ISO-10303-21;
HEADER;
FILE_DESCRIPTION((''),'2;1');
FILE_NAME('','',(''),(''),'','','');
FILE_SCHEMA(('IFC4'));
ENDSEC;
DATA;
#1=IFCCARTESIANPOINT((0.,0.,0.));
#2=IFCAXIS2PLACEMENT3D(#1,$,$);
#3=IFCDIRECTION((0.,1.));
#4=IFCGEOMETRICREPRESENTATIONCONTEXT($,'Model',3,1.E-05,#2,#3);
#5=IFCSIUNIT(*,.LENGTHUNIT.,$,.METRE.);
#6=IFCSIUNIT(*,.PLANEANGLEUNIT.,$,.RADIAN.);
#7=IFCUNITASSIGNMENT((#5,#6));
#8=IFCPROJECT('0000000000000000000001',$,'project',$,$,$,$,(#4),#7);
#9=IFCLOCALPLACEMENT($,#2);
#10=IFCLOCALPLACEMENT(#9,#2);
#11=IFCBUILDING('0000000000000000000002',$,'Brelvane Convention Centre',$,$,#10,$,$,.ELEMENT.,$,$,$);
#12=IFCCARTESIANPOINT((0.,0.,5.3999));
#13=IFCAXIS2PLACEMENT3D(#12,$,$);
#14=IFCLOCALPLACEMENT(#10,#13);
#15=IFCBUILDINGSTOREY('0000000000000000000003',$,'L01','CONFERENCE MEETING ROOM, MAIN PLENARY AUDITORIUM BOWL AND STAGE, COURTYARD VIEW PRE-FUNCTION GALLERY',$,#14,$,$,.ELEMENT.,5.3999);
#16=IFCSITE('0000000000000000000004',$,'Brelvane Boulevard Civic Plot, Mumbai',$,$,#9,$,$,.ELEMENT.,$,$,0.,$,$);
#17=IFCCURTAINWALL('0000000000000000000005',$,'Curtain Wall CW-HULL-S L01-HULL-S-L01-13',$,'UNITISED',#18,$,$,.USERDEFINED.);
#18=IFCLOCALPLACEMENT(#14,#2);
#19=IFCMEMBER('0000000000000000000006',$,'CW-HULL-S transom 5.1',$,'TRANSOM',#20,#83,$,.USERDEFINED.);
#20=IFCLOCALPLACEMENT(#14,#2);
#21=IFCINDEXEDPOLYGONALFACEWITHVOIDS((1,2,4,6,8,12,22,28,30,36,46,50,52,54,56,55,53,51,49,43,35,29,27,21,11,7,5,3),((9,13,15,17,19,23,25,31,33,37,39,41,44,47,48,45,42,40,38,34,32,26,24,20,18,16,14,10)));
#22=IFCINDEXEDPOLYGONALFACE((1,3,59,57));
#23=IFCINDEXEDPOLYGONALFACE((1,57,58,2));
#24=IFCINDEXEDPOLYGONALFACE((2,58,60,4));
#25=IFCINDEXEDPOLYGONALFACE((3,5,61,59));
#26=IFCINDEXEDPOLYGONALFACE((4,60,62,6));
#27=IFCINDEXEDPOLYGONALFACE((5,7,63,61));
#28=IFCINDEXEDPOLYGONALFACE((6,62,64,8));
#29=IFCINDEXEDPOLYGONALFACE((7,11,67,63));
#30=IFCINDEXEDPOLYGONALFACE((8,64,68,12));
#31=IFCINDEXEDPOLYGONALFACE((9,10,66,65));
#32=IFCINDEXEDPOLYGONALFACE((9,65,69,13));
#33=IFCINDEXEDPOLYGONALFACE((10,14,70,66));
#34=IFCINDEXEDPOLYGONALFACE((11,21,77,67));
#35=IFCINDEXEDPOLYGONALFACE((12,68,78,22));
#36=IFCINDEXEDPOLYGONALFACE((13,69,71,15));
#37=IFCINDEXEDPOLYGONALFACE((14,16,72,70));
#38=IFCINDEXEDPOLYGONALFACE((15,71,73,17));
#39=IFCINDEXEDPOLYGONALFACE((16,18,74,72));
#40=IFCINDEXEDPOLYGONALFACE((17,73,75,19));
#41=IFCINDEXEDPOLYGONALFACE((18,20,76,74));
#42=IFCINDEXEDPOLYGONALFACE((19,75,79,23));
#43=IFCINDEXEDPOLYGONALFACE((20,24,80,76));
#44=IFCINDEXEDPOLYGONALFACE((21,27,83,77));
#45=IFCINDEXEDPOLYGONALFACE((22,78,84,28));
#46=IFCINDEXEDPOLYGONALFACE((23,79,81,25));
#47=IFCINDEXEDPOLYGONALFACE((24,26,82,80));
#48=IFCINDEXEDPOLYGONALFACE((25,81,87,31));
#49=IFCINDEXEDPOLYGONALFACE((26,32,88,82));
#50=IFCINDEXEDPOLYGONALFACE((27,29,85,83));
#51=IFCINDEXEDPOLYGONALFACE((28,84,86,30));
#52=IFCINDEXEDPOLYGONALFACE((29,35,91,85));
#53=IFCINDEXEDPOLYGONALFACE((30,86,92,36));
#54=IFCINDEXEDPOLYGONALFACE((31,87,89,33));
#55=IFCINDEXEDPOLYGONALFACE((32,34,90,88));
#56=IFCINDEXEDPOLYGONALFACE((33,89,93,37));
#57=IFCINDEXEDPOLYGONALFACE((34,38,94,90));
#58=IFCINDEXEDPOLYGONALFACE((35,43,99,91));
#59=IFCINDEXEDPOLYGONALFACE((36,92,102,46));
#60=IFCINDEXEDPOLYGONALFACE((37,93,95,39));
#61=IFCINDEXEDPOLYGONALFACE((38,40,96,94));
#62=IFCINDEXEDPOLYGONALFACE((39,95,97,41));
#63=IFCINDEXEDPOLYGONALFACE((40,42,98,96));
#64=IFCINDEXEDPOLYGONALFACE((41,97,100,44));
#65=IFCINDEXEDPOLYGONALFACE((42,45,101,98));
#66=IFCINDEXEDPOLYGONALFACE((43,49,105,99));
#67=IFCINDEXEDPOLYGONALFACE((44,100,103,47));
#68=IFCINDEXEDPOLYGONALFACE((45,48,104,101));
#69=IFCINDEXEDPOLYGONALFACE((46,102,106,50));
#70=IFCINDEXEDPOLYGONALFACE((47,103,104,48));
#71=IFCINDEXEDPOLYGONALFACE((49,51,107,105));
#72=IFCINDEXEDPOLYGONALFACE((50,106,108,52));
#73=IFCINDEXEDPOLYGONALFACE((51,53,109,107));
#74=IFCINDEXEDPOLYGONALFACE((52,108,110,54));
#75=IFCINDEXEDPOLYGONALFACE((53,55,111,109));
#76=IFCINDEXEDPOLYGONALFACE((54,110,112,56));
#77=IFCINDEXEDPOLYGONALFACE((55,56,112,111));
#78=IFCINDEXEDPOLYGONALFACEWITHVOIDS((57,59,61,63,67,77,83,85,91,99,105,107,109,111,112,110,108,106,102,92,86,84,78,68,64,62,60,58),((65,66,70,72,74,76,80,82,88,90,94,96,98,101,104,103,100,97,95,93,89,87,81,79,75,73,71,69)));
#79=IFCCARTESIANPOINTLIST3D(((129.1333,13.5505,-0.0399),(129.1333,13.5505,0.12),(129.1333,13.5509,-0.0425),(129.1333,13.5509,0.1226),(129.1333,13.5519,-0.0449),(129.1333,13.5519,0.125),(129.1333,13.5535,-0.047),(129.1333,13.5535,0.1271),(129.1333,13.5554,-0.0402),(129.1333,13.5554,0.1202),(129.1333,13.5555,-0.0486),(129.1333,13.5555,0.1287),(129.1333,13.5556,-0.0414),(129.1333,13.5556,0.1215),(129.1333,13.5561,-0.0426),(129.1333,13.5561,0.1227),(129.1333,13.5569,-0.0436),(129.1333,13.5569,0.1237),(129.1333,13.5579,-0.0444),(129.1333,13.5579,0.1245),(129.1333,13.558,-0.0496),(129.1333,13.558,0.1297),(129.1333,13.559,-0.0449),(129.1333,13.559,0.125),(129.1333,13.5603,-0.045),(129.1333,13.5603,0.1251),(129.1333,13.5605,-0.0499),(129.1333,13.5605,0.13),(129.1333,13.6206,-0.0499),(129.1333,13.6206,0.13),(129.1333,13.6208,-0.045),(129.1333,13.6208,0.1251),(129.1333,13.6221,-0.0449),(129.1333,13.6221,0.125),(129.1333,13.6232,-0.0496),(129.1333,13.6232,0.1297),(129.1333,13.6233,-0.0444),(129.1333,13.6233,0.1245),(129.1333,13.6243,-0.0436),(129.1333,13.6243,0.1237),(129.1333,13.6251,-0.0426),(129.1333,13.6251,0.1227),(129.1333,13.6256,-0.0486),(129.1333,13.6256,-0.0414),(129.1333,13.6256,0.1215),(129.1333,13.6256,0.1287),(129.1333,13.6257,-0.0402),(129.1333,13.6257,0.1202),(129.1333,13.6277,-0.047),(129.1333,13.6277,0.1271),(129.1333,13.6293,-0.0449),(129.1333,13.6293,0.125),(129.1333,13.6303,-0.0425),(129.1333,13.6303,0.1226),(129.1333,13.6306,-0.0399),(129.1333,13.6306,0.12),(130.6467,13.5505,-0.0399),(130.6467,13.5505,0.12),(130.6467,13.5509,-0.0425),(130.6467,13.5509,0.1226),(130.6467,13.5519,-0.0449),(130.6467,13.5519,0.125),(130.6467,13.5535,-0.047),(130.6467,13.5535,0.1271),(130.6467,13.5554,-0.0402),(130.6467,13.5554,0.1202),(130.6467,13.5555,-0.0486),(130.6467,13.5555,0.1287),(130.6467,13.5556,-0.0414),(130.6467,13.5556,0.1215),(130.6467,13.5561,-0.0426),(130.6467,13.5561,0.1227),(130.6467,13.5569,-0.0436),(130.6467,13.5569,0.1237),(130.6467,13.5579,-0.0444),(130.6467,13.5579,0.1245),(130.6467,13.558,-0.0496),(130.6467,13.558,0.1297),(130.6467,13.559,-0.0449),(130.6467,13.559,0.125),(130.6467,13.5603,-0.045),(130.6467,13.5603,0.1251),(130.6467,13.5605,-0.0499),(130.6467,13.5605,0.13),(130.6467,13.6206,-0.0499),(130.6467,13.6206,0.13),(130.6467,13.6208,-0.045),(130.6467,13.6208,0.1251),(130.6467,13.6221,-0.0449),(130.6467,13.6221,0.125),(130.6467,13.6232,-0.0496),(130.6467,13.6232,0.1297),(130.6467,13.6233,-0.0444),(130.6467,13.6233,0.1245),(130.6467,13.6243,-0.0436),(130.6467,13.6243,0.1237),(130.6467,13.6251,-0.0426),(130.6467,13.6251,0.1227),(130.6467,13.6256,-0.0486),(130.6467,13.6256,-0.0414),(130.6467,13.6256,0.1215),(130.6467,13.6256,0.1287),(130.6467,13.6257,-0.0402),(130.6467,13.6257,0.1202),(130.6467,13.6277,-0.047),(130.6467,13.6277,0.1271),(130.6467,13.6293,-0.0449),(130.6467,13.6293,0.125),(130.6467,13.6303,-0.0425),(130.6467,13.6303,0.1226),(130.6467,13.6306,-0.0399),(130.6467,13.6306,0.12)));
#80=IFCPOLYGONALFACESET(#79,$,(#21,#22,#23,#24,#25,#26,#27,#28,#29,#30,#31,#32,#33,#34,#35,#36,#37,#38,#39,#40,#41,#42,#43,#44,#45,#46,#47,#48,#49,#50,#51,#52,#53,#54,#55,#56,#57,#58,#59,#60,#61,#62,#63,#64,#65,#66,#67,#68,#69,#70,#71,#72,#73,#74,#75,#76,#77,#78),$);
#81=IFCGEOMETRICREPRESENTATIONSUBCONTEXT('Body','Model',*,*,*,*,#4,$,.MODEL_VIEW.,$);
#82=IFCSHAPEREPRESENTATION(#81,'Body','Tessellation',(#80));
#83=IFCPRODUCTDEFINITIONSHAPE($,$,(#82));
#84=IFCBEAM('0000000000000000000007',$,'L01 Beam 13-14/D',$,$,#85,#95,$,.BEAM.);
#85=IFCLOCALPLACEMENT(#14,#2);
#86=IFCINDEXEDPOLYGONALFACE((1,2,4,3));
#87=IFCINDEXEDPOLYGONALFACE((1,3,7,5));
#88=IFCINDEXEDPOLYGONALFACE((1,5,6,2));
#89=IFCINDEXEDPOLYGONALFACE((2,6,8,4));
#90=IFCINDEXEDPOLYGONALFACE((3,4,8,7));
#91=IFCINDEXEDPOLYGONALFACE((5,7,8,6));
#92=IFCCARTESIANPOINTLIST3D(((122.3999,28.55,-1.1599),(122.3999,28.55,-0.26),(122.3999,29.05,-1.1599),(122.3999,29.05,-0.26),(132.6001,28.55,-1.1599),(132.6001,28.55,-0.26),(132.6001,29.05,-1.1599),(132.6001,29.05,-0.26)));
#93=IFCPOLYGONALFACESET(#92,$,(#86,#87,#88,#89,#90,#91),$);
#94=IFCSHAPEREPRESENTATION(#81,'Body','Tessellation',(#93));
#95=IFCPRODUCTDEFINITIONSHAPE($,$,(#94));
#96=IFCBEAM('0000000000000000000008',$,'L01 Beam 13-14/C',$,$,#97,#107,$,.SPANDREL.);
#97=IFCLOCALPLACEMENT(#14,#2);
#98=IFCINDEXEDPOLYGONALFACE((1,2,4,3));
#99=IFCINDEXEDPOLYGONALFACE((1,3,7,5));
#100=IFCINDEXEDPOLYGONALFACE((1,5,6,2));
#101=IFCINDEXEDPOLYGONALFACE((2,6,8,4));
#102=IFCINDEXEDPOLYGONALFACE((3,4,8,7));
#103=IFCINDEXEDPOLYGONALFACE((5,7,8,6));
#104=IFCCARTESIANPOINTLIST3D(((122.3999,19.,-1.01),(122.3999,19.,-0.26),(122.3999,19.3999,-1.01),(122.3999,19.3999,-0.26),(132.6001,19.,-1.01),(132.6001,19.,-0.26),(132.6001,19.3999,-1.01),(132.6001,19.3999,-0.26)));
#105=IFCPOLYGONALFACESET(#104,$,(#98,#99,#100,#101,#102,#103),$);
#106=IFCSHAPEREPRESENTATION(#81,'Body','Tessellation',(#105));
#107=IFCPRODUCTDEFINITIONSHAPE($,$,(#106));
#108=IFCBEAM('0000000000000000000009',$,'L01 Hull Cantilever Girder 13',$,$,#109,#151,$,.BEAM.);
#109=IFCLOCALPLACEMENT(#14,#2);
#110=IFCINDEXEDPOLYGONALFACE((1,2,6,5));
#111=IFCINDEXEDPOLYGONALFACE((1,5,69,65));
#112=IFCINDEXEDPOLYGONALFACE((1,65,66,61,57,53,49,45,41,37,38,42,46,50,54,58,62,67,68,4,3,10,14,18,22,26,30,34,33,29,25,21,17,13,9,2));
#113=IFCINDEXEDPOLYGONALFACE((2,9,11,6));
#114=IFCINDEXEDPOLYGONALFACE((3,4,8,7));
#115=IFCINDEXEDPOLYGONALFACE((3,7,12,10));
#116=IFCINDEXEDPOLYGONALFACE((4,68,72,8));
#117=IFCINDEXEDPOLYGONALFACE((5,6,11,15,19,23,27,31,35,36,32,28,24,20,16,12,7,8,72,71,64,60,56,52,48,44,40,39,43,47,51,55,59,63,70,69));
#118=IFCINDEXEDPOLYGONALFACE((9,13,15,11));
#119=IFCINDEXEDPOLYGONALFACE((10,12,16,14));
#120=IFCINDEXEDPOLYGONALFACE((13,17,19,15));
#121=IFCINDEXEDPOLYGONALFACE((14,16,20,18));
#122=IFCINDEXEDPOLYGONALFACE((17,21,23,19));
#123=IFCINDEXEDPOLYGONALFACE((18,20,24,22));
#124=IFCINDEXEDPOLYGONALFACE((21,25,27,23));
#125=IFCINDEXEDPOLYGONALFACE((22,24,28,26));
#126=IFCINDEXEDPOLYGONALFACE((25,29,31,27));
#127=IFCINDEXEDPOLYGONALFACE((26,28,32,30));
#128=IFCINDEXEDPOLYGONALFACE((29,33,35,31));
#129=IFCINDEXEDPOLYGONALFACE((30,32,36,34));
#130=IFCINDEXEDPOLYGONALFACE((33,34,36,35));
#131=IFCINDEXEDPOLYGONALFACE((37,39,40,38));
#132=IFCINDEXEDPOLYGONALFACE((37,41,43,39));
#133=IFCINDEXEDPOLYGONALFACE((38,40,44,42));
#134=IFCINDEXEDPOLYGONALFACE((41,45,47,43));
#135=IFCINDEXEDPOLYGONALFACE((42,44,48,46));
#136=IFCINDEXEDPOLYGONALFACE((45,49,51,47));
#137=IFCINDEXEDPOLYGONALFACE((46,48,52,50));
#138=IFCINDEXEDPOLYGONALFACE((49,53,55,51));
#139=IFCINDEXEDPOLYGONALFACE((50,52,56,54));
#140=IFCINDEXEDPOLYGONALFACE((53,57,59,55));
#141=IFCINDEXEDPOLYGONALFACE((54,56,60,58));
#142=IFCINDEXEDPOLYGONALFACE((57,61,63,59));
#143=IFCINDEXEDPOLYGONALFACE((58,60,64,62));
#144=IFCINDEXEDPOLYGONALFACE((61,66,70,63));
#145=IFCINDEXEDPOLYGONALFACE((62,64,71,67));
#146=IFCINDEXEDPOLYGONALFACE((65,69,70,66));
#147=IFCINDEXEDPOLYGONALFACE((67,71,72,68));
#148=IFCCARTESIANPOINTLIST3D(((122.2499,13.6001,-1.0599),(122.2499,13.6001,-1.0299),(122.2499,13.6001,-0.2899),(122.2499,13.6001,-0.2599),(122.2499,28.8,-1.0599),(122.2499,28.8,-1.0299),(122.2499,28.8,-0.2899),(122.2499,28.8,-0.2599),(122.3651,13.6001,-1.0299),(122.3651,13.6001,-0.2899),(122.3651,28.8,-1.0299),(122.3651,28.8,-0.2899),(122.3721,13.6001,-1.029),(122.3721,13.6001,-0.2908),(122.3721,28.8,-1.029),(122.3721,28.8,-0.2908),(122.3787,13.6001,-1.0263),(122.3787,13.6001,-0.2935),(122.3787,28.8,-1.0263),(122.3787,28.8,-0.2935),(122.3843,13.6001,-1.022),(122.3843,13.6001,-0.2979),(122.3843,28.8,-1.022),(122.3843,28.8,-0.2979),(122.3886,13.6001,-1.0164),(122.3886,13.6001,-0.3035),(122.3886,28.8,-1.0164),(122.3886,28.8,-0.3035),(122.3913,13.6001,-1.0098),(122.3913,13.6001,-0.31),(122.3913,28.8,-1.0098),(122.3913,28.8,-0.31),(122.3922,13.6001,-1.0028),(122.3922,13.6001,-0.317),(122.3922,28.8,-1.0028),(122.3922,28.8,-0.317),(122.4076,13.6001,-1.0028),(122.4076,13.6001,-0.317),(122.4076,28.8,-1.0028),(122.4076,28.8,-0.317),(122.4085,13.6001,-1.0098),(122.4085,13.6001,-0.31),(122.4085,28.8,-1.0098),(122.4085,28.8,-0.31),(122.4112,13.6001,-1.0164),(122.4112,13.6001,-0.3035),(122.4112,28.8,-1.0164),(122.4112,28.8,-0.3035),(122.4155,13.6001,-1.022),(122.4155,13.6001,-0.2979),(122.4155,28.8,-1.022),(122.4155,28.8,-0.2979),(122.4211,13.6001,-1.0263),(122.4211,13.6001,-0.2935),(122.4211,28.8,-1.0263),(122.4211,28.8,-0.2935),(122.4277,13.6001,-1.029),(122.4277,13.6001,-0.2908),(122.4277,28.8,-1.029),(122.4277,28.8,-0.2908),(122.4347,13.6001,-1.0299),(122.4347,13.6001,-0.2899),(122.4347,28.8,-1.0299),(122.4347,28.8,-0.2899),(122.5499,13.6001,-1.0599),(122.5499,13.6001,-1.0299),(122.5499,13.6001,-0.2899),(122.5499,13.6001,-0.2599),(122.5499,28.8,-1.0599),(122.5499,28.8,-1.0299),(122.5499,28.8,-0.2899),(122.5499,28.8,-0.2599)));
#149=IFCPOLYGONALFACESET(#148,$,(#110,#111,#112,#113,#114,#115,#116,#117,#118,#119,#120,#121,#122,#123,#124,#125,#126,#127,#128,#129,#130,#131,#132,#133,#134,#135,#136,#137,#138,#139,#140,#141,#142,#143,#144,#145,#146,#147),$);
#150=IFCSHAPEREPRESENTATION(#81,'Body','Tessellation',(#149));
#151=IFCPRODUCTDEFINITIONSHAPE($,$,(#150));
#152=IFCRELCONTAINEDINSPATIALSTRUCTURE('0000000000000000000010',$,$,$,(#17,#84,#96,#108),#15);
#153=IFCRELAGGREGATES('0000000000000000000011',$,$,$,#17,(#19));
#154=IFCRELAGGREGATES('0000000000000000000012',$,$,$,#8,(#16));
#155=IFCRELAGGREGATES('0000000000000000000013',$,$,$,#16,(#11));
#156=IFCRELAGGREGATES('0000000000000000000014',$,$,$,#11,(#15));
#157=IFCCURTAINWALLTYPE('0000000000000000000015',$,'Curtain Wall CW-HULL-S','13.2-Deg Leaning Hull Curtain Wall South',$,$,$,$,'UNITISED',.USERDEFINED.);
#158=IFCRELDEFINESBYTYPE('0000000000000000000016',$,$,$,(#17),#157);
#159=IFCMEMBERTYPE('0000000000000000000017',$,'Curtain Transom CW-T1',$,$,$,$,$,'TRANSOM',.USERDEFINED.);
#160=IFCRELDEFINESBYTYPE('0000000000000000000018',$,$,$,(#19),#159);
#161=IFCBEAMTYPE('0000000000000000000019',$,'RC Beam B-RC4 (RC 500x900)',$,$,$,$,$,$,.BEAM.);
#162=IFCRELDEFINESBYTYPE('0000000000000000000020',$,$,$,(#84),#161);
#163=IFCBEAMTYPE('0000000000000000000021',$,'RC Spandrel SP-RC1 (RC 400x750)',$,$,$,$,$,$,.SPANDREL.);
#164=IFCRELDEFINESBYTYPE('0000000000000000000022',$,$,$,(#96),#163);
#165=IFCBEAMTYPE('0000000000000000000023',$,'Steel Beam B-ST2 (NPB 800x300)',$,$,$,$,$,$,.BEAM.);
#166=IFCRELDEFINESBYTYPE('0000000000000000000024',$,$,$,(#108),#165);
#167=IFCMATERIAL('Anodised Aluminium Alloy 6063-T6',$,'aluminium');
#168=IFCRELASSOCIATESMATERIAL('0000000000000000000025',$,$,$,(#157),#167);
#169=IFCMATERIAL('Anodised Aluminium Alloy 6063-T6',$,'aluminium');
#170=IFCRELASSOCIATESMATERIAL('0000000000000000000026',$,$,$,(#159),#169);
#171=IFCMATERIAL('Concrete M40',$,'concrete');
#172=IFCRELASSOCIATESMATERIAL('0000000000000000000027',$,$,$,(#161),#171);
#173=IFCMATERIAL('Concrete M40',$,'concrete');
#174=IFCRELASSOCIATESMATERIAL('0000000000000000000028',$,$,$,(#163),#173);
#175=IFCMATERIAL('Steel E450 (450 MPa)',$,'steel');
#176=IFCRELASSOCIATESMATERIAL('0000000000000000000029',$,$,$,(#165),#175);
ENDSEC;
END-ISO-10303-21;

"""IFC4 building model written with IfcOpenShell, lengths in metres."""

from ifc_helpers import new_model, si_unit, direction, frame, origin, origin_2d, place, context, subcontext, project, spatial, rectangle, hollow_rectangle, i_section, extrude, material, material_profile, profile_set, type_object, element, aggregate, save


model = new_model("IFC4")

# Units and contexts
model_context = context("Model", 3, precision=1e-05, world=origin(), true_north=direction((0.0, 1.0)))
body_context = subcontext(model_context, "Body", "Model", "MODEL_VIEW")
ifc_project = project(units=[si_unit("LENGTHUNIT", "METRE"), si_unit("PLANEANGLEUNIT", "RADIAN")], contexts=[model_context])

# Site, building, storey
site_placement = place(None, origin())
site = spatial("IfcSite", under=ifc_project, at=site_placement, Name="Brelvane Boulevard Civic Plot, Mumbai", CompositionType="ELEMENT", RefElevation=0.0)
building_placement = place(site_placement, origin())
building = spatial("IfcBuilding", under=site, at=building_placement, Name="Brelvane Convention Centre", CompositionType="ELEMENT")
storey_placement = place(building_placement, frame((0.0, 0.0, 5.3999)))
storey = spatial("IfcBuildingStorey", under=building, at=storey_placement, Name="L01", Description="CONFERENCE MEETING ROOM, MAIN PLENARY AUDITORIUM BOWL AND STAGE, COURTYARD VIEW PRE-FUNCTION GALLERY", CompositionType="ELEMENT", Elevation=5.3999)

# Shared definitions
ifc_material_1 = material(Name="Anodised Aluminium Alloy 6063-T6", Category="aluminium")
curtain_wall_type = type_object("IfcCurtainWallType", Name="Curtain Wall CW-HULL-S", Description="13.2-Deg Leaning Hull Curtain Wall South", ElementType="UNITISED", PredefinedType="USERDEFINED", material=ifc_material_1)

# Curtain wall
curtain_wall_1_placement = place(storey_placement, origin())
curtain_wall_1 = element("IfcCurtainWall", 1, at=curtain_wall_1_placement, inside=storey, type_object=curtain_wall_type, Name="Curtain Wall CW-HULL-S L01-HULL-S-L01-13", ObjectType="UNITISED", PredefinedType="USERDEFINED")

# Member
ifc_material_2 = material(Name="Anodised Aluminium Alloy 6063-T6", Category="aluminium")
ifc_material_profile_1 = material_profile(ifc_material_2, hollow_rectangle(XDim=0.0801, YDim=0.1799, WallThickness=0.0049, InnerFilletRadius=0.0049, OuterFilletRadius=0.01, at=origin_2d()), Name="ALU-T 180x80x5.0")
ifc_profile_set_1 = profile_set([ifc_material_profile_1], Name="Anodised Aluminium Alloy 6063-T6")
member_type_1 = type_object("IfcMemberType", Name="Curtain Transom CW-T1", ElementType="TRANSOM", PredefinedType="USERDEFINED", material=ifc_profile_set_1)
member_1_placement = place(storey_placement, frame((129.1333, 13.5906, 0.04), z_axis=(1.0, 0.0, 0.0), x_axis=(0.0, 1.0, 0.0)))
member_1 = element("IfcMember", 2, at=member_1_placement, type_object=member_type_1, Name="CW-HULL-S transom 5.1", ObjectType="TRANSOM", PredefinedType="USERDEFINED", context=body_context, shape_type="SweptSolid", body=[
    extrude(hollow_rectangle(XDim=0.0801, YDim=0.1799, WallThickness=0.0049, InnerFilletRadius=0.0049, OuterFilletRadius=0.01, at=origin_2d()), origin(), (0.0, 0.0, 1.0), 1.5134),
])

# Beams
ifc_material_3 = material(Name="Concrete M40", Category="concrete")
ifc_material_profile_2 = material_profile(ifc_material_3, rectangle(XDim=0.5, YDim=0.8999, at=origin_2d()), Name="RC 500x900")
ifc_profile_set_2 = profile_set([ifc_material_profile_2], Name="Concrete M40")
beam_type_1 = type_object("IfcBeamType", Name="RC Beam B-RC4 (RC 500x900)", PredefinedType="BEAM", material=ifc_profile_set_2)
beam_1_placement = place(storey_placement, frame((122.3999, 28.8, -0.71), z_axis=(1.0, 0.0, 0.0), x_axis=(0.0, 1.0, 0.0)))
element("IfcBeam", 3, at=beam_1_placement, inside=storey, type_object=beam_type_1, Name="L01 Beam 13-14/D", PredefinedType="BEAM", context=body_context, shape_type="SweptSolid", body=[
    extrude(rectangle(XDim=0.5, YDim=0.8999, at=origin_2d()), origin(), (0.0, 0.0, 1.0), 10.2002),
])
ifc_material_4 = material(Name="Concrete M40", Category="concrete")
ifc_material_profile_3 = material_profile(ifc_material_4, rectangle(XDim=0.3999, YDim=0.75, at=origin_2d()), Name="RC 400x750")
ifc_profile_set_3 = profile_set([ifc_material_profile_3], Name="Concrete M40")
beam_type_2 = type_object("IfcBeamType", Name="RC Spandrel SP-RC1 (RC 400x750)", PredefinedType="SPANDREL", material=ifc_profile_set_3)
beam_2_placement = place(storey_placement, frame((122.3999, 19.2, -0.635), z_axis=(1.0, 0.0, 0.0), x_axis=(0.0, 1.0, 0.0)))
element("IfcBeam", 4, at=beam_2_placement, inside=storey, type_object=beam_type_2, Name="L01 Beam 13-14/C", PredefinedType="SPANDREL", context=body_context, shape_type="SweptSolid", body=[
    extrude(rectangle(XDim=0.3999, YDim=0.75, at=origin_2d()), origin(), (0.0, 0.0, 1.0), 10.2002),
])
ifc_material_5 = material(Name="Steel E450 (450 MPa)", Category="steel")
ifc_material_profile_4 = material_profile(ifc_material_5, i_section(OverallWidth=0.3, OverallDepth=0.8, WebThickness=0.0154, FlangeThickness=0.03, FilletRadius=0.0271, at=origin_2d()), Name="NPB 800x300")
ifc_profile_set_4 = profile_set([ifc_material_profile_4], Name="Steel E450 (450 MPa)")
beam_type_3 = type_object("IfcBeamType", Name="Steel Beam B-ST2 (NPB 800x300)", PredefinedType="BEAM", material=ifc_profile_set_4)
beam_3_placement = place(storey_placement, frame((122.3999, 13.6001, -0.6599), z_axis=(0.0, 1.0, 0.0), x_axis=(-1.0, 0.0, 0.0)))
element("IfcBeam", 5, at=beam_3_placement, inside=storey, type_object=beam_type_3, Name="L01 Hull Cantilever Girder 13", PredefinedType="BEAM", context=body_context, shape_type="SweptSolid", body=[
    extrude(i_section(OverallWidth=0.3, OverallDepth=0.8, WebThickness=0.0154, FlangeThickness=0.03, FilletRadius=0.0271, at=origin_2d()), origin(), (0.0, 0.0, 1.0), 15.2),
])

aggregate(curtain_wall_1, [member_1])

save(model, "model.ifc")
